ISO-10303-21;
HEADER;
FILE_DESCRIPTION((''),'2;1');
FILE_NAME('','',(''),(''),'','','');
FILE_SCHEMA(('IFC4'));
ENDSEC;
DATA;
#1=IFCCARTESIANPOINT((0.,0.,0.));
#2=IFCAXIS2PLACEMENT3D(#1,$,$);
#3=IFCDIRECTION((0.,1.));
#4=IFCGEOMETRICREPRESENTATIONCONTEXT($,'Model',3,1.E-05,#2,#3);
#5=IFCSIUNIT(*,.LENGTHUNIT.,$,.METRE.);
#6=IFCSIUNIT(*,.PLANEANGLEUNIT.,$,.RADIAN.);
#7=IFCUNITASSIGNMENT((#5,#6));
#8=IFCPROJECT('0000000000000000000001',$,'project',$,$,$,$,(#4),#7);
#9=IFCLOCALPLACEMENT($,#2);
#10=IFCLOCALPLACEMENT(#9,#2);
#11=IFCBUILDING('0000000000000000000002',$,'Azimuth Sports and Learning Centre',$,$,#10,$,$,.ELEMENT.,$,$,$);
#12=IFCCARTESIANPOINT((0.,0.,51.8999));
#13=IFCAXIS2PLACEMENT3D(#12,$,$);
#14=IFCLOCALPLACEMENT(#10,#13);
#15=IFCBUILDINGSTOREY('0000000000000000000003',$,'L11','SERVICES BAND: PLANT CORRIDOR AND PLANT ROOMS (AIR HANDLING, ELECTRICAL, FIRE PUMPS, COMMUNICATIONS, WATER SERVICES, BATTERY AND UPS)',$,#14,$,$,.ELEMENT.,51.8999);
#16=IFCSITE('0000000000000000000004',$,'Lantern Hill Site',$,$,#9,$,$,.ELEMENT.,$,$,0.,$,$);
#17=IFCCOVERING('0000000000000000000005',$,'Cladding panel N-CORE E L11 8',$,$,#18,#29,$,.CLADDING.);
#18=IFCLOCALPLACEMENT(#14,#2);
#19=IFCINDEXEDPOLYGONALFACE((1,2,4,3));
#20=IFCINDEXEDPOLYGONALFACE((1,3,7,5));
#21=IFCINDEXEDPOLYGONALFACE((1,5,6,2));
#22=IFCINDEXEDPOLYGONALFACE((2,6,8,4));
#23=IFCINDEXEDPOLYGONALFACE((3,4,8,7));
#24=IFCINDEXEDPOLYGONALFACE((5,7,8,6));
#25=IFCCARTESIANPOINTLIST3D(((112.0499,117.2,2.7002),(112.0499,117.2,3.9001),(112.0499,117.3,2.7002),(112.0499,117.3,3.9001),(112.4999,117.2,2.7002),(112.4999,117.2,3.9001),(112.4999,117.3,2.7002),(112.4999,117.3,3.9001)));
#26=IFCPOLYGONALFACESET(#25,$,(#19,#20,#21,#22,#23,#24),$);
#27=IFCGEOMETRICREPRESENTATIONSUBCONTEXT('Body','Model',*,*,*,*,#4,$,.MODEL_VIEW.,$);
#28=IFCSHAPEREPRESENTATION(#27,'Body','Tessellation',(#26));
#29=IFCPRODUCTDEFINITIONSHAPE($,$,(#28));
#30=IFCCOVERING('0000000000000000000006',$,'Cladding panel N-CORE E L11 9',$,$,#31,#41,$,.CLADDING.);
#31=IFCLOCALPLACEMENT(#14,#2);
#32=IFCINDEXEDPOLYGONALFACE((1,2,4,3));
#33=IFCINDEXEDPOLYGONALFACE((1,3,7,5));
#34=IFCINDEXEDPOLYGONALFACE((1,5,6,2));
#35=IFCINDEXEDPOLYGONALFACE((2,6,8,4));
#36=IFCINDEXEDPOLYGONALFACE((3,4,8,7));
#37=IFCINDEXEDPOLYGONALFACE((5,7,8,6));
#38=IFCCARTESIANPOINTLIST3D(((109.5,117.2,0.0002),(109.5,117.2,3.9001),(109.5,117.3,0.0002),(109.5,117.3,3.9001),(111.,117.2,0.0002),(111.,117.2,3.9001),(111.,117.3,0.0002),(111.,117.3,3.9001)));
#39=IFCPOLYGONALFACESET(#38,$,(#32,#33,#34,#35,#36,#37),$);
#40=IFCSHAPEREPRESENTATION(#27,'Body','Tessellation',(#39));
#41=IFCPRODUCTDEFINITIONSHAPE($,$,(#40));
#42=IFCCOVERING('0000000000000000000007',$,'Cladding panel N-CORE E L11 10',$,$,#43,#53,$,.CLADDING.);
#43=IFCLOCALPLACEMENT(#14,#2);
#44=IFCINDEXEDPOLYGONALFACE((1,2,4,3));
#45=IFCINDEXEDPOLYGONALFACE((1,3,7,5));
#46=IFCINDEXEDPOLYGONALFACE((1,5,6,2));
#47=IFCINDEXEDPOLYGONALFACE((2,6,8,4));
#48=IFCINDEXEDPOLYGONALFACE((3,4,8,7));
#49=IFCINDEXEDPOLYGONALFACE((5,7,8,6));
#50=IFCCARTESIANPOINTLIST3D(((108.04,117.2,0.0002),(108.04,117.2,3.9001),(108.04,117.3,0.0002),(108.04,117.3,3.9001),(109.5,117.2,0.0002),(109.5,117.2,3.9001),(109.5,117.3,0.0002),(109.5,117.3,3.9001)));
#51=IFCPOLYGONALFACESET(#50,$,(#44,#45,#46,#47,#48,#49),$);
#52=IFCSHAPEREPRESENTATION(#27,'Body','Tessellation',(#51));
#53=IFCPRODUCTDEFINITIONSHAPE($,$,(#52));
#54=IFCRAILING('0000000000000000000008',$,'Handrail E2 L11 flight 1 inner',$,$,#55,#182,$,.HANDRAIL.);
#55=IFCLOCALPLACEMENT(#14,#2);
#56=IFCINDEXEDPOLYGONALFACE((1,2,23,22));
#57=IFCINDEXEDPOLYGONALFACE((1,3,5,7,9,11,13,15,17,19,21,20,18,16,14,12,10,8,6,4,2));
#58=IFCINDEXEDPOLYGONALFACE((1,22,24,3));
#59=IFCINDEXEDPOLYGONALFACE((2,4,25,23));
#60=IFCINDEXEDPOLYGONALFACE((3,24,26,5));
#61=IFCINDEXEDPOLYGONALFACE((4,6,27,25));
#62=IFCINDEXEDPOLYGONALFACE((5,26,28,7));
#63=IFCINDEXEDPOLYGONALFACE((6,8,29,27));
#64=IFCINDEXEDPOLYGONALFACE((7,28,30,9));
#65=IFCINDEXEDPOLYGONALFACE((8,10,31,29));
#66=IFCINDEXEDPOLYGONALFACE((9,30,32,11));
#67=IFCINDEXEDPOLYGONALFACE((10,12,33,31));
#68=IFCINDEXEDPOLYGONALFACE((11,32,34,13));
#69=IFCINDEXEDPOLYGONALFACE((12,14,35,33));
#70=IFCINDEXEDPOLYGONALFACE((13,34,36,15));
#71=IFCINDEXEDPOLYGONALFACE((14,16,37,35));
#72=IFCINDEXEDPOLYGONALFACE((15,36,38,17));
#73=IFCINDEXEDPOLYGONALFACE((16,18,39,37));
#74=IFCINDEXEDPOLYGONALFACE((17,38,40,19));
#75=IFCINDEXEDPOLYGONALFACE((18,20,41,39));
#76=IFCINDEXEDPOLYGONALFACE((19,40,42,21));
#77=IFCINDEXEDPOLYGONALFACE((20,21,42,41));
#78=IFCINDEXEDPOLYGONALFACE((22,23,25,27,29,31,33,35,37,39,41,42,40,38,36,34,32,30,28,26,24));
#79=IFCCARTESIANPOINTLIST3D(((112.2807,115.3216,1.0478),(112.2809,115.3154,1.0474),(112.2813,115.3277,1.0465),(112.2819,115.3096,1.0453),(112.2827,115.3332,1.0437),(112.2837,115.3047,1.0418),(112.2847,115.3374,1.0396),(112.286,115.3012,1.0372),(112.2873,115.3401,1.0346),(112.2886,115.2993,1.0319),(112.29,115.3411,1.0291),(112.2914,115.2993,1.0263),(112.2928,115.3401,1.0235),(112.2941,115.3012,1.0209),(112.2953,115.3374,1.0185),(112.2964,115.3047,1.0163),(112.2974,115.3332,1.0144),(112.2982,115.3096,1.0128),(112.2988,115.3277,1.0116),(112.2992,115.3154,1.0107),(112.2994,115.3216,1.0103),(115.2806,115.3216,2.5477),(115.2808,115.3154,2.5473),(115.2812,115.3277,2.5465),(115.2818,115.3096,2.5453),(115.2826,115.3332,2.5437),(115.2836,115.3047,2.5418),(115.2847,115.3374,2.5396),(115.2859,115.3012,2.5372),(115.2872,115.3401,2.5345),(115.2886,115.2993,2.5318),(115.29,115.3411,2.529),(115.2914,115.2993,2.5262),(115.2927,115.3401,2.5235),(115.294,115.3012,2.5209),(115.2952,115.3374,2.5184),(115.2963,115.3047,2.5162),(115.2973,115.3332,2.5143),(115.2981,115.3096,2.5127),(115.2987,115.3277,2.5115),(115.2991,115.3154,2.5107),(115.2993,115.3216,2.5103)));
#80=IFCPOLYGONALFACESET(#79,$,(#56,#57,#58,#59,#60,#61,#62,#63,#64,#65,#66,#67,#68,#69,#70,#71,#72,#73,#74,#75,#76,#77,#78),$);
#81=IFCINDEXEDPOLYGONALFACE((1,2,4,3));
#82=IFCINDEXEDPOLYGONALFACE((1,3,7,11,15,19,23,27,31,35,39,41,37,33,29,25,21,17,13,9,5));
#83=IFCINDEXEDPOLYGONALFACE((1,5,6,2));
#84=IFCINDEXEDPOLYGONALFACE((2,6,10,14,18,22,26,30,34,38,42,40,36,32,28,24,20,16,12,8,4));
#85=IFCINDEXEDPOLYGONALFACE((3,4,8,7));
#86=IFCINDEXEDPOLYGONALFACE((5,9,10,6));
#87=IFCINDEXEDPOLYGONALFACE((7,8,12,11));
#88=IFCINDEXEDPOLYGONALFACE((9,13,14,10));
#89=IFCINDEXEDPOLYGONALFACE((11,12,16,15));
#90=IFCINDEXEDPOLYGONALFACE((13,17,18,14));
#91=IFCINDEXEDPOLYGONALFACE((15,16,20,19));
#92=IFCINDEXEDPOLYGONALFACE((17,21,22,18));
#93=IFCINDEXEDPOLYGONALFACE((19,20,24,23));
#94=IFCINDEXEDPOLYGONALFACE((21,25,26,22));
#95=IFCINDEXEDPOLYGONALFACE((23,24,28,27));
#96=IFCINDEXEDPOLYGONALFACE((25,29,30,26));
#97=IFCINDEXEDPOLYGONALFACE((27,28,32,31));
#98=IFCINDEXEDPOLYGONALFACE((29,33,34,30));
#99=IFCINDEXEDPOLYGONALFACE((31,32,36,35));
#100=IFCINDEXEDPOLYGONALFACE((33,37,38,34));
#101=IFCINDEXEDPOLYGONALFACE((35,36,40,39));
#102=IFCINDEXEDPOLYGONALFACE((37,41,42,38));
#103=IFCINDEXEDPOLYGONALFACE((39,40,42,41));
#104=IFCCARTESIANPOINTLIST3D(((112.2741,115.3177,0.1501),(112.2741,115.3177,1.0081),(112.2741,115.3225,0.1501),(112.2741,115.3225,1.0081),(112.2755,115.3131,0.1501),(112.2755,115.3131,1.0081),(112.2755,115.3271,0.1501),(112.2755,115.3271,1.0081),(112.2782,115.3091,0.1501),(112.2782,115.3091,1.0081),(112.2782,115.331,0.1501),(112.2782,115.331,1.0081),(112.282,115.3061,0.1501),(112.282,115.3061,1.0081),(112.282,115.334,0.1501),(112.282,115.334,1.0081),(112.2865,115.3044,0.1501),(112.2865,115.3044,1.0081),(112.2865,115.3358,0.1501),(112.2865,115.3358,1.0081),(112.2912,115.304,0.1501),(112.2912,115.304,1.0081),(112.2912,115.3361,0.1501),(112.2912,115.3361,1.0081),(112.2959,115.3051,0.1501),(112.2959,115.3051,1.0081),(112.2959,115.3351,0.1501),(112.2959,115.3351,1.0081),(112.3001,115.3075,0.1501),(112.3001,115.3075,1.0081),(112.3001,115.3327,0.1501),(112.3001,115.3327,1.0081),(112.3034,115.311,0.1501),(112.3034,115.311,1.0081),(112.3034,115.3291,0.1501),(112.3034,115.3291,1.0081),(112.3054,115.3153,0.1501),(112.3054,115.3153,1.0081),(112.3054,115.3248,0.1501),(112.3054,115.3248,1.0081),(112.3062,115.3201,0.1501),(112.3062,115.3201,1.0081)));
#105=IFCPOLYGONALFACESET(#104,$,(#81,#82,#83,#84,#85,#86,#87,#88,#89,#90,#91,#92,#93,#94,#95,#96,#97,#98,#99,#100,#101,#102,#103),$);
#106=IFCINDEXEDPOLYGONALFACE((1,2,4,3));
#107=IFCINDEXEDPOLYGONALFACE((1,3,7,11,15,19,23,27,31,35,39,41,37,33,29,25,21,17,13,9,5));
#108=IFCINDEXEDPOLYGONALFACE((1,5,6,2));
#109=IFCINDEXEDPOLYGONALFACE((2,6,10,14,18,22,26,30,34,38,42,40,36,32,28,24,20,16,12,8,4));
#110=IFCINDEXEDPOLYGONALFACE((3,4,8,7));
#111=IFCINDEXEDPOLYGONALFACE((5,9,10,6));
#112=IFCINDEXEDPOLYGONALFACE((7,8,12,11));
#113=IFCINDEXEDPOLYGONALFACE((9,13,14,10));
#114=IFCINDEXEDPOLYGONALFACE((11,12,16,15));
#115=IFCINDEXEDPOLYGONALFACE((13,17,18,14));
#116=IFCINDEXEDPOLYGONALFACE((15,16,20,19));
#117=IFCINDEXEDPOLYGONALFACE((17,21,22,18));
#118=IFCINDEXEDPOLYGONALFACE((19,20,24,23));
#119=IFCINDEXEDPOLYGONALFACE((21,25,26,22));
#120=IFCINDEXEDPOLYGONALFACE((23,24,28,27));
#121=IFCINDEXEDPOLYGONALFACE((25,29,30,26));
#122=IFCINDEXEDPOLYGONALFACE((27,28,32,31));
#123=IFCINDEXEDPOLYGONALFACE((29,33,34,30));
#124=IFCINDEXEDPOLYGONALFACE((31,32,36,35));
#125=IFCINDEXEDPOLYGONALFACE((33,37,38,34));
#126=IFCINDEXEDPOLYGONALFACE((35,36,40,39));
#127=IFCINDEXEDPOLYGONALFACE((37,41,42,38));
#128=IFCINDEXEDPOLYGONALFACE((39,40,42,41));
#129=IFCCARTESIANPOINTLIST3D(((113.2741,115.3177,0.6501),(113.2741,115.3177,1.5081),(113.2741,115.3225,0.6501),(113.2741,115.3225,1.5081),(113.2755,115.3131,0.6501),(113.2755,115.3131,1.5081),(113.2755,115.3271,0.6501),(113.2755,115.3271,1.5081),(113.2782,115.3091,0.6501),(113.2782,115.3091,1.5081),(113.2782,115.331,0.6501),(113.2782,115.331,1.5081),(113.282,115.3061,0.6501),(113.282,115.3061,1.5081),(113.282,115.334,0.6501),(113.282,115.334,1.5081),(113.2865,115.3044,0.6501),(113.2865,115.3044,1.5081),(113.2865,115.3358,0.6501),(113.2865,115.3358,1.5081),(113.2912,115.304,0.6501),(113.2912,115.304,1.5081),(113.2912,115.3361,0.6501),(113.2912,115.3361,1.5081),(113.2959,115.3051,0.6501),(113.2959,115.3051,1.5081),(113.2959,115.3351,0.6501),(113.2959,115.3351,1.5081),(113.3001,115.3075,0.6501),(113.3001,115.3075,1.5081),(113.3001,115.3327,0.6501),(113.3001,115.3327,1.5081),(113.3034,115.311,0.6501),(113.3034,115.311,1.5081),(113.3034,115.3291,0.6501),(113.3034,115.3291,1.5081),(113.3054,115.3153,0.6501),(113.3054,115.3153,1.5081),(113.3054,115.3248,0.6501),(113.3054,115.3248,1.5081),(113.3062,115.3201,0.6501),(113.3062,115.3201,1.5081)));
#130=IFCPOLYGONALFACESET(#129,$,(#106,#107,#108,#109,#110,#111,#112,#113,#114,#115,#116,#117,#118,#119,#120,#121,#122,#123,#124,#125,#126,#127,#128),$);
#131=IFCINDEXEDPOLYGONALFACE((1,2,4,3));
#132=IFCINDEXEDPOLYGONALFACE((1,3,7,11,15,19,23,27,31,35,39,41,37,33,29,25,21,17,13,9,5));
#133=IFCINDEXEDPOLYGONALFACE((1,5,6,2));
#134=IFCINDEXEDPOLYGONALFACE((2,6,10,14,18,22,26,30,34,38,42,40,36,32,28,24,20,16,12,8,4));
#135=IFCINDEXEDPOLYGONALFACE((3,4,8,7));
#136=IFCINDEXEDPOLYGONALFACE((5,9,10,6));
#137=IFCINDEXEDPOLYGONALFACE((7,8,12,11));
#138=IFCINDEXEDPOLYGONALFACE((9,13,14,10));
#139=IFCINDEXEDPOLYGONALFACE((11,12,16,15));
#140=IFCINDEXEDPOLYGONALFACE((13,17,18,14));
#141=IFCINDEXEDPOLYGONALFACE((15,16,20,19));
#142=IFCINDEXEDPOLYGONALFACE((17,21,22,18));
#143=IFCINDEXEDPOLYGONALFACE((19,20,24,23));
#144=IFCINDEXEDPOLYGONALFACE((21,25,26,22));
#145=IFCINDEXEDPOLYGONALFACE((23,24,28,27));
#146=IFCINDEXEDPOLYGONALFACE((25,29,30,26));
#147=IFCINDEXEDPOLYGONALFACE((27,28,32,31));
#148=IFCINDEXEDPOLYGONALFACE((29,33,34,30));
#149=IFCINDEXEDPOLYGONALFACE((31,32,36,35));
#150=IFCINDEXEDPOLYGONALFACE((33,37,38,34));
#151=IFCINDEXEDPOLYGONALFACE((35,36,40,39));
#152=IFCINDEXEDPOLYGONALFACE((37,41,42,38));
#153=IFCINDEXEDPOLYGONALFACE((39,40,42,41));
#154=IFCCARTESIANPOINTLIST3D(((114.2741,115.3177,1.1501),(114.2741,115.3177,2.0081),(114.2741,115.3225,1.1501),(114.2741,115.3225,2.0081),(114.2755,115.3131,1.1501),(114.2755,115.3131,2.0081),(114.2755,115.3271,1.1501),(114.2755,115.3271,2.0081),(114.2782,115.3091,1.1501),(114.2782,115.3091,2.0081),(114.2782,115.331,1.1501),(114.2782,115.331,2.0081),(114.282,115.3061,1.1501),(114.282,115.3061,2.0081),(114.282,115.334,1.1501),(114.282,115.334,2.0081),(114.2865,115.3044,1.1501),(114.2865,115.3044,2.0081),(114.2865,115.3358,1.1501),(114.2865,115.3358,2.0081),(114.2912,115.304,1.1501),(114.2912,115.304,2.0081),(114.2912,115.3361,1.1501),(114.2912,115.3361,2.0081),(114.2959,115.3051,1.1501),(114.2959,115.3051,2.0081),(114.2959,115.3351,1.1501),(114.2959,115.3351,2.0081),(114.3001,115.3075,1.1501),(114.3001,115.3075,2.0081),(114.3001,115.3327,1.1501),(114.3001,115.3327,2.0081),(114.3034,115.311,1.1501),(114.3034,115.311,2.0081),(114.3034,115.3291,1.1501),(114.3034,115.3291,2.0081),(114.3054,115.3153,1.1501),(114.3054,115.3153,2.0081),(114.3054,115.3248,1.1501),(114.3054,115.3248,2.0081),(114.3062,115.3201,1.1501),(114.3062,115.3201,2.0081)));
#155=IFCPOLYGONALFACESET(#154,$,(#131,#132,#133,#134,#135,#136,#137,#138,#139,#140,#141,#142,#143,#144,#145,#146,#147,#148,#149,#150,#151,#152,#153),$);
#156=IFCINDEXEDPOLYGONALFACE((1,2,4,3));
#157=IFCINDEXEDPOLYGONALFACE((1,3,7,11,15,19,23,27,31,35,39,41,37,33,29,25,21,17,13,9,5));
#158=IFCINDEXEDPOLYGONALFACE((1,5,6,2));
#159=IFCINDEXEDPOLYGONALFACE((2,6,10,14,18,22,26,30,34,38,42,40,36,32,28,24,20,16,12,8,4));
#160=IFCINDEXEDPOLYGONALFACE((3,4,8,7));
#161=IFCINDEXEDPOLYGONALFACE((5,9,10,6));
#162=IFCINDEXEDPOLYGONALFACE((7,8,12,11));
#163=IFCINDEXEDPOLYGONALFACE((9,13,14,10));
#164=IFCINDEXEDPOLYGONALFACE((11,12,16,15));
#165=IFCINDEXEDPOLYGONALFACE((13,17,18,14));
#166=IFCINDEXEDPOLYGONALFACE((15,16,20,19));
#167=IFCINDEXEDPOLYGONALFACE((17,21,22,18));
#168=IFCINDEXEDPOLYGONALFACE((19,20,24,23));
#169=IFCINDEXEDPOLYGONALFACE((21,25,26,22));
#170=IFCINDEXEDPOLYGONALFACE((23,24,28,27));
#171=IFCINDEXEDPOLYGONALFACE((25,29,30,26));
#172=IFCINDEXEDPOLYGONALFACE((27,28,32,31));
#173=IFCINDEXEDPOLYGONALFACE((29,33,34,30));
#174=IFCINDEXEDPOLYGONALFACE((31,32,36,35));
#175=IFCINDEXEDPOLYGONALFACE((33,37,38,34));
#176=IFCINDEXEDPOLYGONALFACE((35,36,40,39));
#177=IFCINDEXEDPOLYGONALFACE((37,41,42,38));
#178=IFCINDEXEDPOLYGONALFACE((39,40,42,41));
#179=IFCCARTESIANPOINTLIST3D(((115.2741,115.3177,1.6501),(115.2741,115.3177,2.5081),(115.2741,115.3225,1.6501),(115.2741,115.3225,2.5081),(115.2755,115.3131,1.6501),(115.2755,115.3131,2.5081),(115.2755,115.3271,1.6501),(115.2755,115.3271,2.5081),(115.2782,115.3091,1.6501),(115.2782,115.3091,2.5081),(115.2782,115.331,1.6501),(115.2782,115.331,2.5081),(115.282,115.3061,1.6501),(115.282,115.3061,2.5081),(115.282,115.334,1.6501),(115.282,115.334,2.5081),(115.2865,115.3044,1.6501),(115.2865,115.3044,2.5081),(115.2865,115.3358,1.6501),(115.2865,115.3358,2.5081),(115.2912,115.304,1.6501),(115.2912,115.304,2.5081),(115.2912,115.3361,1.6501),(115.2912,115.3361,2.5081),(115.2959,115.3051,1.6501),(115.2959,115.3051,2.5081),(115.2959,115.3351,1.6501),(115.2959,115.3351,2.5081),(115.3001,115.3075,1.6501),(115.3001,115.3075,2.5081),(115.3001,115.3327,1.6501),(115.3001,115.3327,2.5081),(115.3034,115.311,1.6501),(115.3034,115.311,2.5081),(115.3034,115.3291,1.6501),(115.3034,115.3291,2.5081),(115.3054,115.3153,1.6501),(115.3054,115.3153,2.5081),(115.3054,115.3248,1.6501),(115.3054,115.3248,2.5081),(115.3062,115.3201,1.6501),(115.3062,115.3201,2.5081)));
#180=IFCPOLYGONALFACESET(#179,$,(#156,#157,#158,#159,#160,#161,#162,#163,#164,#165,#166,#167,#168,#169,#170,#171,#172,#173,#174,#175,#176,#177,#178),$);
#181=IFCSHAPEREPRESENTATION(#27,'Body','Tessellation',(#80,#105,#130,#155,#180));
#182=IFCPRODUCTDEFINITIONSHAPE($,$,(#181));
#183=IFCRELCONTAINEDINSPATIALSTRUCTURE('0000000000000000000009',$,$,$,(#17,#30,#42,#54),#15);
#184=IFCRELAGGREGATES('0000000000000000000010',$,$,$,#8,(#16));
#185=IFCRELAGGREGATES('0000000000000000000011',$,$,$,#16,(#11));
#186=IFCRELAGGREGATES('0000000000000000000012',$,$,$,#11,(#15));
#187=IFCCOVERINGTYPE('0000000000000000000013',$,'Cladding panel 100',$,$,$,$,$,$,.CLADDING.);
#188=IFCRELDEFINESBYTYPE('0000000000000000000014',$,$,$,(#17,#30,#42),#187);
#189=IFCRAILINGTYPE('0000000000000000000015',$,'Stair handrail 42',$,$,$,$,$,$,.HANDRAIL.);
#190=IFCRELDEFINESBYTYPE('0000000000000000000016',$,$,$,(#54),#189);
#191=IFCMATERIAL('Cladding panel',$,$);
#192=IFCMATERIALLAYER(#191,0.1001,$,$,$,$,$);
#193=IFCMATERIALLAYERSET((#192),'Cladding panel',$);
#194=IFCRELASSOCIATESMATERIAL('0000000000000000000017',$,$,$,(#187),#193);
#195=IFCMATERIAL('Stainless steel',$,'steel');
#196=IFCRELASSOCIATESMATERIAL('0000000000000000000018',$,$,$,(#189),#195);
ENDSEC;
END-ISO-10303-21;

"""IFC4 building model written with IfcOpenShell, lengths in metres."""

from ifc_helpers import new_model, si_unit, direction, frame, origin, origin_2d, place, context, subcontext, project, spatial, rectangle, circle, extrude, material, layer, layer_set, type_object, element, save


model = new_model("IFC4")

# Units and contexts
model_context = context("Model", 3, precision=1e-05, world=origin(), true_north=direction((0.0, 1.0)))
body_context = subcontext(model_context, "Body", "Model", "MODEL_VIEW")
ifc_project = project(units=[si_unit("LENGTHUNIT", "METRE"), si_unit("PLANEANGLEUNIT", "RADIAN")], contexts=[model_context])

# Site, building, storey
site_placement = place(None, origin())
site = spatial("IfcSite", under=ifc_project, at=site_placement, Name="Lantern Hill Site", CompositionType="ELEMENT", RefElevation=0.0)
building_placement = place(site_placement, origin())
building = spatial("IfcBuilding", under=site, at=building_placement, Name="Azimuth Sports and Learning Centre", CompositionType="ELEMENT")
storey_placement = place(building_placement, frame((0.0, 0.0, 51.8999)))
storey = spatial("IfcBuildingStorey", under=building, at=storey_placement, Name="L11", Description="SERVICES BAND: PLANT CORRIDOR AND PLANT ROOMS (AIR HANDLING, ELECTRICAL, FIRE PUMPS, COMMUNICATIONS, WATER SERVICES, BATTERY AND UPS)", CompositionType="ELEMENT", Elevation=51.8999)

# Coverings
ifc_material_1 = material(Name="Cladding panel")
ifc_layer_1 = layer(ifc_material_1, 0.1001)
ifc_layer_set_1 = layer_set([ifc_layer_1], Name="Cladding panel")
covering_type = type_object("IfcCoveringType", Name="Cladding panel 100", PredefinedType="CLADDING", material=ifc_layer_set_1)
for number, where, z_axis, x_axis, name in (
    (1, (112.2749, 117.25, 2.7002), (0.0, 0.0, 1.0), (-1.0, 0.0, 0.0), "Cladding panel N-CORE E L11 8"),
):
    element("IfcCovering", number, at=place(storey_placement, frame(where, z_axis=z_axis, x_axis=x_axis)), inside=storey, type_object=covering_type, Name=name, PredefinedType="CLADDING", context=body_context, shape_type="SweptSolid", body=[
        extrude(rectangle(XDim=0.45, YDim=0.1001, at=origin_2d()), origin(), (0.0, 0.0, 1.0), 1.2),
    ])
covering_1_placement = place(storey_placement, frame((110.25, 117.25, 0.0002), z_axis=(0.0, 0.0, 1.0), x_axis=(-1.0, 0.0, 0.0)))
element("IfcCovering", 2, at=covering_1_placement, inside=storey, type_object=covering_type, Name="Cladding panel N-CORE E L11 9", PredefinedType="CLADDING", context=body_context, shape_type="SweptSolid", body=[
    extrude(rectangle(XDim=1.5, YDim=0.1001, at=origin_2d()), origin(), (0.0, 0.0, 1.0), 3.8999),
])
covering_2_placement = place(storey_placement, frame((108.77, 117.25, 0.0002), z_axis=(0.0, 0.0, 1.0), x_axis=(-1.0, 0.0, 0.0)))
element("IfcCovering", 3, at=covering_2_placement, inside=storey, type_object=covering_type, Name="Cladding panel N-CORE E L11 10", PredefinedType="CLADDING", context=body_context, shape_type="SweptSolid", body=[
    extrude(rectangle(XDim=1.46, YDim=0.1001, at=origin_2d()), origin(), (0.0, 0.0, 1.0), 3.8999),
])

# Railing
ifc_material_2 = material(Name="Stainless steel", Category="steel")
railing_type = type_object("IfcRailingType", Name="Stair handrail 42", PredefinedType="HANDRAIL", material=ifc_material_2)
for number, where, name in (
    (4, (112.29, 115.3201, 0.1501), "Handrail E2 L11 flight 1 inner"),
):
    element("IfcRailing", number, at=place(storey_placement, frame(where)), inside=storey, type_object=railing_type, Name=name, PredefinedType="HANDRAIL", context=body_context, shape_type="SweptSolid", body=[
        extrude(circle(Radius=0.021, at=origin_2d()), frame((0.0, 0.0, 0.8789), z_axis=(0.894427, 0.0, 0.447214), x_axis=(0.0, 1.0, 0.0)), (0.0, 0.0, 1.0), 3.354),
        extrude(circle(Radius=0.0161, at=origin_2d()), origin(), (0.0, 0.0, 1.0), 0.8579),
        extrude(circle(Radius=0.0161, at=origin_2d()), frame((1.0, 0.0, 0.5)), (0.0, 0.0, 1.0), 0.8579),
        extrude(circle(Radius=0.0161, at=origin_2d()), frame((2.0, 0.0, 1.0)), (0.0, 0.0, 1.0), 0.8579),
        extrude(circle(Radius=0.0161, at=origin_2d()), frame((3.0, 0.0, 1.5)), (0.0, 0.0, 1.0), 0.8579),
    ])

save(model, "model.ifc")
